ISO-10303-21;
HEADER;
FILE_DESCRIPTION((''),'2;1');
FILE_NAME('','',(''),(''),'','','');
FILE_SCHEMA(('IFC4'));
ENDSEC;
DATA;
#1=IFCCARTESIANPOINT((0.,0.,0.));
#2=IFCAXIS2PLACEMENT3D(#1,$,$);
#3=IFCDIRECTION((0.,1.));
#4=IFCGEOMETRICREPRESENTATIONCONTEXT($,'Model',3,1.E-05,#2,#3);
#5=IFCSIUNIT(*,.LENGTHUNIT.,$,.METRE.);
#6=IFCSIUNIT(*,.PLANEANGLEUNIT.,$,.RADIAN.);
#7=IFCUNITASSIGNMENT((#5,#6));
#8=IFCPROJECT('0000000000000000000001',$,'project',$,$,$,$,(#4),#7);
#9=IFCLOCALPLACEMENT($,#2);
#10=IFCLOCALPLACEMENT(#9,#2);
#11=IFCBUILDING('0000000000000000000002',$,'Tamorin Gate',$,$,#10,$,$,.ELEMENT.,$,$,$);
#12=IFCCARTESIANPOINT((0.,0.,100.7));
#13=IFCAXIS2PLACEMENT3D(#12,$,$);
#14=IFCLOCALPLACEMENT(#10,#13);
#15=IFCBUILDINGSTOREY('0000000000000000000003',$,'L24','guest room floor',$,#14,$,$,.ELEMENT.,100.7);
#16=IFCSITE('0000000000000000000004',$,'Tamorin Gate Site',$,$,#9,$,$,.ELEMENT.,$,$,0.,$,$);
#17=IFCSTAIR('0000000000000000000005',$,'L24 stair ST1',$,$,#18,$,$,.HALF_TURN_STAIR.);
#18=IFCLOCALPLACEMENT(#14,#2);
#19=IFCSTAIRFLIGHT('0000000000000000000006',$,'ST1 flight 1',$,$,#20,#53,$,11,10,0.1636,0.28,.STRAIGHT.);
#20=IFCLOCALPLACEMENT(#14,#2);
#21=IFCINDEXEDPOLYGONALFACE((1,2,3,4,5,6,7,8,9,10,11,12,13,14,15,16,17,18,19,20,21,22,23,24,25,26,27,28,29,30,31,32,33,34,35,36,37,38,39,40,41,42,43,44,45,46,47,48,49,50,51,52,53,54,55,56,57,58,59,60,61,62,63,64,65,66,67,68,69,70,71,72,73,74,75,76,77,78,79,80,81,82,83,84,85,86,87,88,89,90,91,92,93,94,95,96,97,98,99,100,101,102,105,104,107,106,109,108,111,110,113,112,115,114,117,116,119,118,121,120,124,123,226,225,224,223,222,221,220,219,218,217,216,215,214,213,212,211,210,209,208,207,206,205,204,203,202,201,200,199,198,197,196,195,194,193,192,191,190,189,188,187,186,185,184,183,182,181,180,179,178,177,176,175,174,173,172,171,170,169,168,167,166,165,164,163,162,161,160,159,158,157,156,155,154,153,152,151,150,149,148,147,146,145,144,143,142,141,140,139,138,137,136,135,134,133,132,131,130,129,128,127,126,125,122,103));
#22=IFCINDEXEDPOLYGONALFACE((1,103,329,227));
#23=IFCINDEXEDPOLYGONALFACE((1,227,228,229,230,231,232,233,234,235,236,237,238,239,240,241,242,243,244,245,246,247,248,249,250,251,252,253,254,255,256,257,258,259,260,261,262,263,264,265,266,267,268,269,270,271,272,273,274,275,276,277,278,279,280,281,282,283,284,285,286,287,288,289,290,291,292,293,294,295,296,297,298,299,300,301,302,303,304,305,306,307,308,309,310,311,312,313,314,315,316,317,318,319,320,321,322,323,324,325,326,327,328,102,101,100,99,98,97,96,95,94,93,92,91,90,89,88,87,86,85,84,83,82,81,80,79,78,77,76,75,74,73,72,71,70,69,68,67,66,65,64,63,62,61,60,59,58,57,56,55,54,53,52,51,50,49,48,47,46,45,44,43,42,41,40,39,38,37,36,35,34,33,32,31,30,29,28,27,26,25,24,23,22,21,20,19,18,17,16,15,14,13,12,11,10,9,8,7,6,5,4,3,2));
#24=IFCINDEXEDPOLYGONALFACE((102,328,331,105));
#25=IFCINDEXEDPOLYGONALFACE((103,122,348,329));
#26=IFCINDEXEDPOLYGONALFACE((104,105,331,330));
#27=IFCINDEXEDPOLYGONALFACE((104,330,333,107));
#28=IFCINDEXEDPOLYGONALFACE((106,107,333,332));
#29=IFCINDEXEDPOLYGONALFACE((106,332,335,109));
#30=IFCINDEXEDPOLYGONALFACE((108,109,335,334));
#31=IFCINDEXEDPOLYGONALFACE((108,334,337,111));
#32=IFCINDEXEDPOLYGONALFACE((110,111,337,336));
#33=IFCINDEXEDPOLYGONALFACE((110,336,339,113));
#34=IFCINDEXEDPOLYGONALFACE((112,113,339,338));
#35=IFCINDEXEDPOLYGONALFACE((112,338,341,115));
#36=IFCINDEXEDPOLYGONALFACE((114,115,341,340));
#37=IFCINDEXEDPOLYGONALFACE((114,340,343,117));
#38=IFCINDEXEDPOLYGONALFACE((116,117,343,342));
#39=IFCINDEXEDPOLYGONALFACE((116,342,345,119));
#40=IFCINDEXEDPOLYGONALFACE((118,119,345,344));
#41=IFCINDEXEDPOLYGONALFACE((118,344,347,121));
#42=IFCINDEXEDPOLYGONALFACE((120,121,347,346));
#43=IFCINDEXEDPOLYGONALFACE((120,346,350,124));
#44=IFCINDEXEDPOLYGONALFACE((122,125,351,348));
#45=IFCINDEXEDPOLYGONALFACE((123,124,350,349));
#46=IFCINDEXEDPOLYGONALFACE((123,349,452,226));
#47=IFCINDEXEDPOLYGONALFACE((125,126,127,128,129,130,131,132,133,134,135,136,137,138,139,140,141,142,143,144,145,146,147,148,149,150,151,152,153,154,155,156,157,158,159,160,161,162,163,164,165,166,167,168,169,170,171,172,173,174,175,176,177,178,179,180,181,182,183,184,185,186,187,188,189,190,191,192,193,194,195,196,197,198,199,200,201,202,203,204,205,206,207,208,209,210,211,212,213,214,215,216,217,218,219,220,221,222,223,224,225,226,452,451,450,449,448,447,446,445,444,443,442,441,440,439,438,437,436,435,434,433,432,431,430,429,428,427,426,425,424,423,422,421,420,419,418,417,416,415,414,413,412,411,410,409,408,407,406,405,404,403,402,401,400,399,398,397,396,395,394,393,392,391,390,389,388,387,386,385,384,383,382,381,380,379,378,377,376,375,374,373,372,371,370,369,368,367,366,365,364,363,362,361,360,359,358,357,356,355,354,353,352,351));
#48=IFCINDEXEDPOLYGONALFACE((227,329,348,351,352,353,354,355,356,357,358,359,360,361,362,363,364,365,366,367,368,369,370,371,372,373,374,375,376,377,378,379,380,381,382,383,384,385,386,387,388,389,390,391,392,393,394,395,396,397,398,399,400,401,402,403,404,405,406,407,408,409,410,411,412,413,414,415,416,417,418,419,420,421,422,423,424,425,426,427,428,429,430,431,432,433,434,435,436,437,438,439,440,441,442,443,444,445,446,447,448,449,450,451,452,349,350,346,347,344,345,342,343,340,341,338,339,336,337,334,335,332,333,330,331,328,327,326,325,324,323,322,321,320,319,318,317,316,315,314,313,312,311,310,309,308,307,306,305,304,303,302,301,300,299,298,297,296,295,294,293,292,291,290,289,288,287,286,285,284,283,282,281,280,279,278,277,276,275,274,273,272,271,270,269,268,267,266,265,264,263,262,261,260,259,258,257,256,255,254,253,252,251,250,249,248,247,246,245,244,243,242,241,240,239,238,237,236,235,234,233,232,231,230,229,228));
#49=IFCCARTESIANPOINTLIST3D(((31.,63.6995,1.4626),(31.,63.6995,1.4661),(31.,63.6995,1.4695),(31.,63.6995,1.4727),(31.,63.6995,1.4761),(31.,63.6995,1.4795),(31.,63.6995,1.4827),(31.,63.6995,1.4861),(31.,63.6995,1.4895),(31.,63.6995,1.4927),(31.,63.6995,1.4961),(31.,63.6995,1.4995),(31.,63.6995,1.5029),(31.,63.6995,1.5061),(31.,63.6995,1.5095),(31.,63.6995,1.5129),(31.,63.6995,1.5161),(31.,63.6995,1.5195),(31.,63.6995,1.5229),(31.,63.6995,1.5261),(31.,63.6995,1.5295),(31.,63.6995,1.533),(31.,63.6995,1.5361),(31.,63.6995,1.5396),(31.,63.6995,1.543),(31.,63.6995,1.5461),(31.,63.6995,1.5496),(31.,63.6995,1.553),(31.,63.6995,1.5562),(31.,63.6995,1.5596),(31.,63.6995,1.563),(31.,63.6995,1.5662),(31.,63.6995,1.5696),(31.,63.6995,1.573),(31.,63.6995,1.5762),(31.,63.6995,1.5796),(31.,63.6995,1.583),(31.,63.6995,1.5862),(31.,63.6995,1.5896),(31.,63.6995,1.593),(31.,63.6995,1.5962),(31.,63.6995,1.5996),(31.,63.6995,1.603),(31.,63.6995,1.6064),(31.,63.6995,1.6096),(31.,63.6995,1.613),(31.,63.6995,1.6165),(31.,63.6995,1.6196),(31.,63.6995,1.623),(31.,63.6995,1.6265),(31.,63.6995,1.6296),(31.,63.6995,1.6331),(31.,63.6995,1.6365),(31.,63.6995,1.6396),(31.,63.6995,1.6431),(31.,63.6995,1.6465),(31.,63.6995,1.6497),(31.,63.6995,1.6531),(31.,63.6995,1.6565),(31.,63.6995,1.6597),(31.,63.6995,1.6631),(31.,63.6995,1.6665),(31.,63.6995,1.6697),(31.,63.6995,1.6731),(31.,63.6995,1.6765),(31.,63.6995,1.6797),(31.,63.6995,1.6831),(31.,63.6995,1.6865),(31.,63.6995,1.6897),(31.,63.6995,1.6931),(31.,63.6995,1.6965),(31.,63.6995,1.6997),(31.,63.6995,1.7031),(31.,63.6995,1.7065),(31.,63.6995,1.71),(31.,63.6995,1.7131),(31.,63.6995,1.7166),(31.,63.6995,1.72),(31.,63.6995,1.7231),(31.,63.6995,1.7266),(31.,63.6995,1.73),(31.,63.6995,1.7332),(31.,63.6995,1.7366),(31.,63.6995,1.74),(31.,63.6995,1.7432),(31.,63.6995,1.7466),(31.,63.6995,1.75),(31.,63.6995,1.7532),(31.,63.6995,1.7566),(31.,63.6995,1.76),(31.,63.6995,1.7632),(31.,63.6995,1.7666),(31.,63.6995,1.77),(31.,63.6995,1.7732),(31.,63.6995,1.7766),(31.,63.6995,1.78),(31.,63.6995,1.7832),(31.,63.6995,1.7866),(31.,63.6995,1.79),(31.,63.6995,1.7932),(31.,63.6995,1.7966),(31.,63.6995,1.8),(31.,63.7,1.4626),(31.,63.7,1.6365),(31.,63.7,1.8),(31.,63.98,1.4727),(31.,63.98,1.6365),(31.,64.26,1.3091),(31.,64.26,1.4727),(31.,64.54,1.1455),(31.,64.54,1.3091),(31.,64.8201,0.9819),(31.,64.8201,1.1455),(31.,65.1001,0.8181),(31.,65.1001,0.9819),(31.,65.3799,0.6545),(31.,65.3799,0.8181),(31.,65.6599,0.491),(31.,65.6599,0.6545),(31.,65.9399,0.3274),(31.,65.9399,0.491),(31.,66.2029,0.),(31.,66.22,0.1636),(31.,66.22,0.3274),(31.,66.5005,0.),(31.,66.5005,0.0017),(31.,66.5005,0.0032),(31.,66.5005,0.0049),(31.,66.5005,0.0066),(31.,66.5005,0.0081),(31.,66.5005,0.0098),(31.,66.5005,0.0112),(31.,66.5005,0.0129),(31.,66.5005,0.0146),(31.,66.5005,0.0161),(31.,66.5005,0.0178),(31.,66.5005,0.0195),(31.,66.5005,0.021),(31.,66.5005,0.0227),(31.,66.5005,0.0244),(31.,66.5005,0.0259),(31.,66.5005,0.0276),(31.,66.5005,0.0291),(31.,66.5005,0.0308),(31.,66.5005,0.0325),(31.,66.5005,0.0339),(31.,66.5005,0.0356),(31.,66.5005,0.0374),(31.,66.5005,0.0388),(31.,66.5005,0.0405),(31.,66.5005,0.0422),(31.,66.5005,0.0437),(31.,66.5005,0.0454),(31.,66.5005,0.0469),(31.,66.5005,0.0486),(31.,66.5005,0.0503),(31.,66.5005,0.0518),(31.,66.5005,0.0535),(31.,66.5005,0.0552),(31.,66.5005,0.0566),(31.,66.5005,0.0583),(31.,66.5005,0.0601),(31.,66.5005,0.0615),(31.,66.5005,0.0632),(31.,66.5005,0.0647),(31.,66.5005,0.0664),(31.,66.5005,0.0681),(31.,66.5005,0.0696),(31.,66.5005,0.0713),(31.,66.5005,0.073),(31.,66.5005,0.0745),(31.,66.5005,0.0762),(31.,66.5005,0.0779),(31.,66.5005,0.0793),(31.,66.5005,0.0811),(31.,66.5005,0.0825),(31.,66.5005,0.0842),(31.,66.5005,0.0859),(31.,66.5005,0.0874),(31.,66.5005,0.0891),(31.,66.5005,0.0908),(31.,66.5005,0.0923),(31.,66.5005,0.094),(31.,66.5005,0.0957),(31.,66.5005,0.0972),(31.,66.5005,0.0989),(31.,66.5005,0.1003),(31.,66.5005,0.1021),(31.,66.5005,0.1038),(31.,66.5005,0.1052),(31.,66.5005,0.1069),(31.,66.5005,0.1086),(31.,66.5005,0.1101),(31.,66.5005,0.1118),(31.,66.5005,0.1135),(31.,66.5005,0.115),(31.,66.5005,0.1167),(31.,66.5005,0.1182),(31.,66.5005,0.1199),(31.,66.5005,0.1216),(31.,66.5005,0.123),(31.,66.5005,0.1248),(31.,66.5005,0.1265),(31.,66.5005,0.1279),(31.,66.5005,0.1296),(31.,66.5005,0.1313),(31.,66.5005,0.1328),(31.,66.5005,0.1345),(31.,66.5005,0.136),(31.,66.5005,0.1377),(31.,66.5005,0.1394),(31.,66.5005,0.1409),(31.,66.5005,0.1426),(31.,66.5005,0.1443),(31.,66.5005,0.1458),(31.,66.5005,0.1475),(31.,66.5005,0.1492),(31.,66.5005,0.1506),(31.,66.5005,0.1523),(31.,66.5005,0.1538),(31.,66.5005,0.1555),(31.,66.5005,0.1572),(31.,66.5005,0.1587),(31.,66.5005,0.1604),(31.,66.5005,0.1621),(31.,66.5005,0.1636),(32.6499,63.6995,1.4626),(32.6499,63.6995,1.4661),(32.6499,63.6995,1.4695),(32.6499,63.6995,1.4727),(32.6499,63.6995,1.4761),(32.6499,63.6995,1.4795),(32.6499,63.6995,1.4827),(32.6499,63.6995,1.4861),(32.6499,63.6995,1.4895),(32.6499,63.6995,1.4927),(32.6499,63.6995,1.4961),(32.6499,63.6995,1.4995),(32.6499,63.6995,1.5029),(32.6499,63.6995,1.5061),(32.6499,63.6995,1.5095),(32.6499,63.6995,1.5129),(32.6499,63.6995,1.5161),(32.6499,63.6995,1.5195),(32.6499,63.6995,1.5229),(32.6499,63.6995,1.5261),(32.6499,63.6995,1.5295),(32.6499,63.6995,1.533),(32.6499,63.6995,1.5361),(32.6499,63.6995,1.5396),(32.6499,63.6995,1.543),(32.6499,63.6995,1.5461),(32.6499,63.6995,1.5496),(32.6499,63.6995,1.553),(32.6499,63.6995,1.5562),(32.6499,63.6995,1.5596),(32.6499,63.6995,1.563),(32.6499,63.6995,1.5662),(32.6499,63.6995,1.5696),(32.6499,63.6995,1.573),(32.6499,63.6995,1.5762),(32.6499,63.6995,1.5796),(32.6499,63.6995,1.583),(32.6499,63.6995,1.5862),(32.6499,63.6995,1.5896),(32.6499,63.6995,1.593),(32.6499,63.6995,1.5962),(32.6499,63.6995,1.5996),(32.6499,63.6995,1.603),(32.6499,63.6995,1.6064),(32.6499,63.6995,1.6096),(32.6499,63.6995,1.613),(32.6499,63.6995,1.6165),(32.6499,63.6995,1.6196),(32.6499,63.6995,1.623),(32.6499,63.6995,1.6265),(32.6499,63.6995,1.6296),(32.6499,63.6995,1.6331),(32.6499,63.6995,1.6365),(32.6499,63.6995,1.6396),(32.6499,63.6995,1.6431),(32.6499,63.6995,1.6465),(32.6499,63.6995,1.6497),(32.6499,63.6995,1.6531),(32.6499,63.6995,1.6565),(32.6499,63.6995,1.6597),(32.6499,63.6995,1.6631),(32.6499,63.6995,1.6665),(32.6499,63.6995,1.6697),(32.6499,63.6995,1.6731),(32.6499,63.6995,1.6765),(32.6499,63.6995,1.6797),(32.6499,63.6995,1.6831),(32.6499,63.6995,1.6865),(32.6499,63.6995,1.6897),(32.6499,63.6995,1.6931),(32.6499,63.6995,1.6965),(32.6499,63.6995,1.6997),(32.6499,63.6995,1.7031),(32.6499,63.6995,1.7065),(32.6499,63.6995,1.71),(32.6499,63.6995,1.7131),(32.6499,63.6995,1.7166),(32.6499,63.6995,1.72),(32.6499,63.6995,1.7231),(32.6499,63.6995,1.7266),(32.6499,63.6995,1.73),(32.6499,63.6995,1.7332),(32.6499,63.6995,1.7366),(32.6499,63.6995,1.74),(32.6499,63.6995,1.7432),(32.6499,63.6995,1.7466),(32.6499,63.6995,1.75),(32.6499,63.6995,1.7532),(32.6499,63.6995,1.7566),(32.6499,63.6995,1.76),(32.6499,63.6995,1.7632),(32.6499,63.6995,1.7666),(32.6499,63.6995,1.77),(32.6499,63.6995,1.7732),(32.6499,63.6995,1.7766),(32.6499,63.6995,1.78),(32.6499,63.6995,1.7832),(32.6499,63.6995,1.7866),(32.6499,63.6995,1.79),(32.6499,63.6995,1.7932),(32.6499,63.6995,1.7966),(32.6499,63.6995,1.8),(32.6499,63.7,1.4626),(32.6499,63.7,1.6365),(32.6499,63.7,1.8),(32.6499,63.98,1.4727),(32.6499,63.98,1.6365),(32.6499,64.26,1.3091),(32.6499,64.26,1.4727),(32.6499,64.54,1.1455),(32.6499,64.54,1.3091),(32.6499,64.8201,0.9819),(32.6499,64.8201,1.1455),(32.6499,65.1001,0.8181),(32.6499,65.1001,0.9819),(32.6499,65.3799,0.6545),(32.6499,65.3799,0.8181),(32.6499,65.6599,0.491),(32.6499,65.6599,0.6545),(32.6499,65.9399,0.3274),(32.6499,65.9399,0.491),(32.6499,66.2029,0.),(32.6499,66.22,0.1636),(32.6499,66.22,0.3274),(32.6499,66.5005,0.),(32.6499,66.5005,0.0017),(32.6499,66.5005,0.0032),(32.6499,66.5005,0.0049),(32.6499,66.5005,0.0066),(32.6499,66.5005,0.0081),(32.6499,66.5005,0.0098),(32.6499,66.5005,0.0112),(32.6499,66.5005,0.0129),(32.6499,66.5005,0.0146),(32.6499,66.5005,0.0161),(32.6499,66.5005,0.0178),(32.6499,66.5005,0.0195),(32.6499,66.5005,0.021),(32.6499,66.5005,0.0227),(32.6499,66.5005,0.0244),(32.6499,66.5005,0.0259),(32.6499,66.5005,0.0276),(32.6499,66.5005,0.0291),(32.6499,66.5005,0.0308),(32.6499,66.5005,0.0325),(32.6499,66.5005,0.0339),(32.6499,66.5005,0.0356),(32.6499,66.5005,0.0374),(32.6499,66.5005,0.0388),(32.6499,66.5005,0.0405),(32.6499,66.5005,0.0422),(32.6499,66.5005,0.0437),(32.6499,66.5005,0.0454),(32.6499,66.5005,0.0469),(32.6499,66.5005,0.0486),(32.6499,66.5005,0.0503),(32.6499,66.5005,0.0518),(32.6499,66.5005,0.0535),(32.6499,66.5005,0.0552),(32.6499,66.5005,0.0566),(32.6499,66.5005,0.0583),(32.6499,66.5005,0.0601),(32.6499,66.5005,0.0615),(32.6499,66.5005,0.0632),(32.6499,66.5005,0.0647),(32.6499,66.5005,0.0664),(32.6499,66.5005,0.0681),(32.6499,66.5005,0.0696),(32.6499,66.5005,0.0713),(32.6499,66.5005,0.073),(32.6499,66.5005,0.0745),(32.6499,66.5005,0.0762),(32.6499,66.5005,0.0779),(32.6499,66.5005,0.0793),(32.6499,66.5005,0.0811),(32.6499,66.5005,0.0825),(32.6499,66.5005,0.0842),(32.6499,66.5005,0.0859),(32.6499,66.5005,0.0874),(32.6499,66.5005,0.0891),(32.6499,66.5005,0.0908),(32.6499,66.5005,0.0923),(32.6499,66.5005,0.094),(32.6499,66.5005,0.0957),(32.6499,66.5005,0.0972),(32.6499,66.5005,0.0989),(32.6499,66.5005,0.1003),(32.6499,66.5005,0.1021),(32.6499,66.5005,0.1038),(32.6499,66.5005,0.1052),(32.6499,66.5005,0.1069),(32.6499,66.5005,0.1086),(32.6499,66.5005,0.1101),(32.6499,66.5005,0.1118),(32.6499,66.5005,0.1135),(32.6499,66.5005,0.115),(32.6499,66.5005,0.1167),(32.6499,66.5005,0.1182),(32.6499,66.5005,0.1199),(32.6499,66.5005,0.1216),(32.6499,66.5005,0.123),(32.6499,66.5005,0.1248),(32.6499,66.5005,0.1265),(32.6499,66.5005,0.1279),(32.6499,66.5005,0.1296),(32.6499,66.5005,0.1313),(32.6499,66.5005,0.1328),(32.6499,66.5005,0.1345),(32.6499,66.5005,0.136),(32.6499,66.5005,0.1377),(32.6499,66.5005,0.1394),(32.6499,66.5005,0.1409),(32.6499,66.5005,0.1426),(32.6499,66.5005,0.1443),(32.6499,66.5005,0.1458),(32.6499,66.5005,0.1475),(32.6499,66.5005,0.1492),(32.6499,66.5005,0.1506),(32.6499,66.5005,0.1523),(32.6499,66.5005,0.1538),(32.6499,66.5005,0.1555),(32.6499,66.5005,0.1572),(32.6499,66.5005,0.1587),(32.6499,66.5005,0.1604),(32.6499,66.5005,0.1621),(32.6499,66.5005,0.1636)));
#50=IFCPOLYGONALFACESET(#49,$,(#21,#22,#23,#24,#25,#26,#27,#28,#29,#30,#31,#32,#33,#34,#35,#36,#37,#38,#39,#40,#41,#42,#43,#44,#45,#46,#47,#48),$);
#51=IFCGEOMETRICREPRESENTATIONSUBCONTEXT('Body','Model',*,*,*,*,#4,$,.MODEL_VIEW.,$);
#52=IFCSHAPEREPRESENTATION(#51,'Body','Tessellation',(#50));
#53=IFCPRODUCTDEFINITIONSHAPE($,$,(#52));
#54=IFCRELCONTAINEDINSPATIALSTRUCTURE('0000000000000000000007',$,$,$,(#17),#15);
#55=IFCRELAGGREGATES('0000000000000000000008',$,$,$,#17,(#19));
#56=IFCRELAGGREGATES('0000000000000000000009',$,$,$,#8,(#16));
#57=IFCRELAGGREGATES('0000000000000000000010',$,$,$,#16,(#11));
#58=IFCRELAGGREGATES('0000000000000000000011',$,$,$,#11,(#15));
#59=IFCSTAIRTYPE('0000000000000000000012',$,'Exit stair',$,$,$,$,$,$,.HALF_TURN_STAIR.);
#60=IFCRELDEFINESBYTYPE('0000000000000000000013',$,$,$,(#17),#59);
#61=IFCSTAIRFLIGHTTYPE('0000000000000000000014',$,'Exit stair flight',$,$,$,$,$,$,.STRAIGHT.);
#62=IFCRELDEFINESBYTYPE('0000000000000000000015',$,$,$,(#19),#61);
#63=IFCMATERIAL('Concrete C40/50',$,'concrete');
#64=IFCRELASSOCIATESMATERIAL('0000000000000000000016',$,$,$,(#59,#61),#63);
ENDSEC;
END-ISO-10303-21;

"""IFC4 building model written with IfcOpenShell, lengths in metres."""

from ifc_helpers import new_model, si_unit, direction, frame, origin, place, context, subcontext, project, spatial, polyline, outline, extrude, material, type_object, element, aggregate, save


model = new_model("IFC4")

# Units and contexts
model_context = context("Model", 3, precision=1e-05, world=origin(), true_north=direction((0.0, 1.0)))
body_context = subcontext(model_context, "Body", "Model", "MODEL_VIEW")
ifc_project = project(units=[si_unit("LENGTHUNIT", "METRE"), si_unit("PLANEANGLEUNIT", "RADIAN")], contexts=[model_context])

# Site, building, storey
site_placement = place(None, origin())
site = spatial("IfcSite", under=ifc_project, at=site_placement, Name="Tamorin Gate Site", CompositionType="ELEMENT", RefElevation=0.0)
building_placement = place(site_placement, origin())
building = spatial("IfcBuilding", under=site, at=building_placement, Name="Tamorin Gate", CompositionType="ELEMENT")
storey_placement = place(building_placement, frame((0.0, 0.0, 100.7)))
storey = spatial("IfcBuildingStorey", under=building, at=storey_placement, Name="L24", Description="guest room floor", CompositionType="ELEMENT", Elevation=100.7)

# Shared definitions
ifc_material_1 = material(Name="Concrete C40/50", Category="concrete")

# Stair, stair flight
stair_type = type_object("IfcStairType", Name="Exit stair", PredefinedType="HALF_TURN_STAIR", material=ifc_material_1)
stair_placement = place(storey_placement, origin())
stair = element("IfcStair", 1, at=stair_placement, inside=storey, type_object=stair_type, Name="L24 stair ST1", PredefinedType="HALF_TURN_STAIR")
stair_flight_type = type_object("IfcStairFlightType", Name="Exit stair flight", PredefinedType="STRAIGHT", material=ifc_material_1)
stair_flight_1_placement = place(storey_placement, frame((31.825, 66.5, 0.0), z_axis=(0.0, 0.0, 1.0), x_axis=(0.0, -1.0, 0.0)))
stair_flight_1 = element("IfcStairFlight", 2, at=stair_flight_1_placement, type_object=stair_flight_type, Name="ST1 flight 1", NumberOfRisers=11, NumberOfTreads=10, PredefinedType="STRAIGHT", RiserHeight=0.1636, TreadLength=0.28, context=body_context, shape_type="SweptSolid", body=[
    extrude(outline(polyline([(-0.0005, 0.0), (-0.0005, 0.0017), (-0.0005, 0.0032), (-0.0005, 0.0049), (-0.0005, 0.0066), (-0.0005, 0.0081), (-0.0005, 0.0098), (-0.0005, 0.0112), (-0.0005, 0.0129), (-0.0005, 0.0146), (-0.0005, 0.0161), (-0.0005, 0.0178), (-0.0005, 0.0195), (-0.0005, 0.021), (-0.0005, 0.0227), (-0.0005, 0.0244), (-0.0005, 0.0259), (-0.0005, 0.0276), (-0.0005, 0.0291), (-0.0005, 0.0308), (-0.0005, 0.0325), (-0.0005, 0.0339), (-0.0005, 0.0356), (-0.0005, 0.0374), (-0.0005, 0.0388), (-0.0005, 0.0405), (-0.0005, 0.0422), (-0.0005, 0.0437), (-0.0005, 0.0454), (-0.0005, 0.0469), (-0.0005, 0.0486), (-0.0005, 0.0503), (-0.0005, 0.0518), (-0.0005, 0.0535), (-0.0005, 0.0552), (-0.0005, 0.0566), (-0.0005, 0.0583), (-0.0005, 0.0601), (-0.0005, 0.0615), (-0.0005, 0.0632), (-0.0005, 0.0647), (-0.0005, 0.0664), (-0.0005, 0.0681), (-0.0005, 0.0696), (-0.0005, 0.0713), (-0.0005, 0.073), (-0.0005, 0.0745), (-0.0005, 0.0762), (-0.0005, 0.0779), (-0.0005, 0.0793), (-0.0005, 0.0811), (-0.0005, 0.0825), (-0.0005, 0.0842), (-0.0005, 0.0859), (-0.0005, 0.0874), (-0.0005, 0.0891), (-0.0005, 0.0908), (-0.0005, 0.0923), (-0.0005, 0.094), (-0.0005, 0.0957), (-0.0005, 0.0972), (-0.0005, 0.0989), (-0.0005, 0.1003), (-0.0005, 0.1021), (-0.0005, 0.1038), (-0.0005, 0.1052), (-0.0005, 0.1069), (-0.0005, 0.1086), (-0.0005, 0.1101), (-0.0005, 0.1118), (-0.0005, 0.1135), (-0.0005, 0.115), (-0.0005, 0.1167), (-0.0005, 0.1182), (-0.0005, 0.1199), (-0.0005, 0.1216), (-0.0005, 0.123), (-0.0005, 0.1248), (-0.0005, 0.1265), (-0.0005, 0.1279), (-0.0005, 0.1296), (-0.0005, 0.1313), (-0.0005, 0.1328), (-0.0005, 0.1345), (-0.0005, 0.136), (-0.0005, 0.1377), (-0.0005, 0.1394), (-0.0005, 0.1409), (-0.0005, 0.1426), (-0.0005, 0.1443), (-0.0005, 0.1458), (-0.0005, 0.1475), (-0.0005, 0.1492), (-0.0005, 0.1506), (-0.0005, 0.1523), (-0.0005, 0.1538), (-0.0005, 0.1555), (-0.0005, 0.1572), (-0.0005, 0.1587), (-0.0005, 0.1604), (-0.0005, 0.1621), (-0.0005, 0.1636), (0.28, 0.1636), (0.28, 0.3274), (0.5601, 0.3274), (0.5601, 0.491), (0.8401, 0.491), (0.8401, 0.6545), (1.1201, 0.6545), (1.1201, 0.8181), (1.3999, 0.8181), (1.3999, 0.9819), (1.6799, 0.9819), (1.6799, 1.1455), (1.96, 1.1455), (1.96, 1.3091), (2.24, 1.3091), (2.24, 1.4727), (2.52, 1.4727), (2.52, 1.6365), (2.8, 1.6365), (2.8, 1.8), (2.8005, 1.8), (2.8005, 1.7966), (2.8005, 1.7932), (2.8005, 1.79), (2.8005, 1.7866), (2.8005, 1.7832), (2.8005, 1.78), (2.8005, 1.7766), (2.8005, 1.7732), (2.8005, 1.77), (2.8005, 1.7666), (2.8005, 1.7632), (2.8005, 1.76), (2.8005, 1.7566), (2.8005, 1.7532), (2.8005, 1.75), (2.8005, 1.7466), (2.8005, 1.7432), (2.8005, 1.74), (2.8005, 1.7366), (2.8005, 1.7332), (2.8005, 1.73), (2.8005, 1.7266), (2.8005, 1.7231), (2.8005, 1.72), (2.8005, 1.7166), (2.8005, 1.7131), (2.8005, 1.71), (2.8005, 1.7065), (2.8005, 1.7031), (2.8005, 1.6997), (2.8005, 1.6965), (2.8005, 1.6931), (2.8005, 1.6897), (2.8005, 1.6865), (2.8005, 1.6831), (2.8005, 1.6797), (2.8005, 1.6765), (2.8005, 1.6731), (2.8005, 1.6697), (2.8005, 1.6665), (2.8005, 1.6631), (2.8005, 1.6597), (2.8005, 1.6565), (2.8005, 1.6531), (2.8005, 1.6497), (2.8005, 1.6465), (2.8005, 1.6431), (2.8005, 1.6396), (2.8005, 1.6365), (2.8005, 1.6331), (2.8005, 1.6296), (2.8005, 1.6265), (2.8005, 1.623), (2.8005, 1.6196), (2.8005, 1.6165), (2.8005, 1.613), (2.8005, 1.6096), (2.8005, 1.6064), (2.8005, 1.603), (2.8005, 1.5996), (2.8005, 1.5962), (2.8005, 1.593), (2.8005, 1.5896), (2.8005, 1.5862), (2.8005, 1.583), (2.8005, 1.5796), (2.8005, 1.5762), (2.8005, 1.573), (2.8005, 1.5696), (2.8005, 1.5662), (2.8005, 1.563), (2.8005, 1.5596), (2.8005, 1.5562), (2.8005, 1.553), (2.8005, 1.5496), (2.8005, 1.5461), (2.8005, 1.543), (2.8005, 1.5396), (2.8005, 1.5361), (2.8005, 1.533), (2.8005, 1.5295), (2.8005, 1.5261), (2.8005, 1.5229), (2.8005, 1.5195), (2.8005, 1.5161), (2.8005, 1.5129), (2.8005, 1.5095), (2.8005, 1.5061), (2.8005, 1.5029), (2.8005, 1.4995), (2.8005, 1.4961), (2.8005, 1.4927), (2.8005, 1.4895), (2.8005, 1.4861), (2.8005, 1.4827), (2.8005, 1.4795), (2.8005, 1.4761), (2.8005, 1.4727), (2.8005, 1.4695), (2.8005, 1.4661), (2.8005, 1.4626), (2.8, 1.4626), (0.2971, 0.0), (-0.0005, 0.0)])), frame((0.0, 0.825, 0.0), z_axis=(0.0, -1.0, 0.0), x_axis=(1.0, 0.0, 0.0)), (0.0, 0.0, 1.0), 1.6499),
])
aggregate(stair, [stair_flight_1])

save(model, "model.ifc")
